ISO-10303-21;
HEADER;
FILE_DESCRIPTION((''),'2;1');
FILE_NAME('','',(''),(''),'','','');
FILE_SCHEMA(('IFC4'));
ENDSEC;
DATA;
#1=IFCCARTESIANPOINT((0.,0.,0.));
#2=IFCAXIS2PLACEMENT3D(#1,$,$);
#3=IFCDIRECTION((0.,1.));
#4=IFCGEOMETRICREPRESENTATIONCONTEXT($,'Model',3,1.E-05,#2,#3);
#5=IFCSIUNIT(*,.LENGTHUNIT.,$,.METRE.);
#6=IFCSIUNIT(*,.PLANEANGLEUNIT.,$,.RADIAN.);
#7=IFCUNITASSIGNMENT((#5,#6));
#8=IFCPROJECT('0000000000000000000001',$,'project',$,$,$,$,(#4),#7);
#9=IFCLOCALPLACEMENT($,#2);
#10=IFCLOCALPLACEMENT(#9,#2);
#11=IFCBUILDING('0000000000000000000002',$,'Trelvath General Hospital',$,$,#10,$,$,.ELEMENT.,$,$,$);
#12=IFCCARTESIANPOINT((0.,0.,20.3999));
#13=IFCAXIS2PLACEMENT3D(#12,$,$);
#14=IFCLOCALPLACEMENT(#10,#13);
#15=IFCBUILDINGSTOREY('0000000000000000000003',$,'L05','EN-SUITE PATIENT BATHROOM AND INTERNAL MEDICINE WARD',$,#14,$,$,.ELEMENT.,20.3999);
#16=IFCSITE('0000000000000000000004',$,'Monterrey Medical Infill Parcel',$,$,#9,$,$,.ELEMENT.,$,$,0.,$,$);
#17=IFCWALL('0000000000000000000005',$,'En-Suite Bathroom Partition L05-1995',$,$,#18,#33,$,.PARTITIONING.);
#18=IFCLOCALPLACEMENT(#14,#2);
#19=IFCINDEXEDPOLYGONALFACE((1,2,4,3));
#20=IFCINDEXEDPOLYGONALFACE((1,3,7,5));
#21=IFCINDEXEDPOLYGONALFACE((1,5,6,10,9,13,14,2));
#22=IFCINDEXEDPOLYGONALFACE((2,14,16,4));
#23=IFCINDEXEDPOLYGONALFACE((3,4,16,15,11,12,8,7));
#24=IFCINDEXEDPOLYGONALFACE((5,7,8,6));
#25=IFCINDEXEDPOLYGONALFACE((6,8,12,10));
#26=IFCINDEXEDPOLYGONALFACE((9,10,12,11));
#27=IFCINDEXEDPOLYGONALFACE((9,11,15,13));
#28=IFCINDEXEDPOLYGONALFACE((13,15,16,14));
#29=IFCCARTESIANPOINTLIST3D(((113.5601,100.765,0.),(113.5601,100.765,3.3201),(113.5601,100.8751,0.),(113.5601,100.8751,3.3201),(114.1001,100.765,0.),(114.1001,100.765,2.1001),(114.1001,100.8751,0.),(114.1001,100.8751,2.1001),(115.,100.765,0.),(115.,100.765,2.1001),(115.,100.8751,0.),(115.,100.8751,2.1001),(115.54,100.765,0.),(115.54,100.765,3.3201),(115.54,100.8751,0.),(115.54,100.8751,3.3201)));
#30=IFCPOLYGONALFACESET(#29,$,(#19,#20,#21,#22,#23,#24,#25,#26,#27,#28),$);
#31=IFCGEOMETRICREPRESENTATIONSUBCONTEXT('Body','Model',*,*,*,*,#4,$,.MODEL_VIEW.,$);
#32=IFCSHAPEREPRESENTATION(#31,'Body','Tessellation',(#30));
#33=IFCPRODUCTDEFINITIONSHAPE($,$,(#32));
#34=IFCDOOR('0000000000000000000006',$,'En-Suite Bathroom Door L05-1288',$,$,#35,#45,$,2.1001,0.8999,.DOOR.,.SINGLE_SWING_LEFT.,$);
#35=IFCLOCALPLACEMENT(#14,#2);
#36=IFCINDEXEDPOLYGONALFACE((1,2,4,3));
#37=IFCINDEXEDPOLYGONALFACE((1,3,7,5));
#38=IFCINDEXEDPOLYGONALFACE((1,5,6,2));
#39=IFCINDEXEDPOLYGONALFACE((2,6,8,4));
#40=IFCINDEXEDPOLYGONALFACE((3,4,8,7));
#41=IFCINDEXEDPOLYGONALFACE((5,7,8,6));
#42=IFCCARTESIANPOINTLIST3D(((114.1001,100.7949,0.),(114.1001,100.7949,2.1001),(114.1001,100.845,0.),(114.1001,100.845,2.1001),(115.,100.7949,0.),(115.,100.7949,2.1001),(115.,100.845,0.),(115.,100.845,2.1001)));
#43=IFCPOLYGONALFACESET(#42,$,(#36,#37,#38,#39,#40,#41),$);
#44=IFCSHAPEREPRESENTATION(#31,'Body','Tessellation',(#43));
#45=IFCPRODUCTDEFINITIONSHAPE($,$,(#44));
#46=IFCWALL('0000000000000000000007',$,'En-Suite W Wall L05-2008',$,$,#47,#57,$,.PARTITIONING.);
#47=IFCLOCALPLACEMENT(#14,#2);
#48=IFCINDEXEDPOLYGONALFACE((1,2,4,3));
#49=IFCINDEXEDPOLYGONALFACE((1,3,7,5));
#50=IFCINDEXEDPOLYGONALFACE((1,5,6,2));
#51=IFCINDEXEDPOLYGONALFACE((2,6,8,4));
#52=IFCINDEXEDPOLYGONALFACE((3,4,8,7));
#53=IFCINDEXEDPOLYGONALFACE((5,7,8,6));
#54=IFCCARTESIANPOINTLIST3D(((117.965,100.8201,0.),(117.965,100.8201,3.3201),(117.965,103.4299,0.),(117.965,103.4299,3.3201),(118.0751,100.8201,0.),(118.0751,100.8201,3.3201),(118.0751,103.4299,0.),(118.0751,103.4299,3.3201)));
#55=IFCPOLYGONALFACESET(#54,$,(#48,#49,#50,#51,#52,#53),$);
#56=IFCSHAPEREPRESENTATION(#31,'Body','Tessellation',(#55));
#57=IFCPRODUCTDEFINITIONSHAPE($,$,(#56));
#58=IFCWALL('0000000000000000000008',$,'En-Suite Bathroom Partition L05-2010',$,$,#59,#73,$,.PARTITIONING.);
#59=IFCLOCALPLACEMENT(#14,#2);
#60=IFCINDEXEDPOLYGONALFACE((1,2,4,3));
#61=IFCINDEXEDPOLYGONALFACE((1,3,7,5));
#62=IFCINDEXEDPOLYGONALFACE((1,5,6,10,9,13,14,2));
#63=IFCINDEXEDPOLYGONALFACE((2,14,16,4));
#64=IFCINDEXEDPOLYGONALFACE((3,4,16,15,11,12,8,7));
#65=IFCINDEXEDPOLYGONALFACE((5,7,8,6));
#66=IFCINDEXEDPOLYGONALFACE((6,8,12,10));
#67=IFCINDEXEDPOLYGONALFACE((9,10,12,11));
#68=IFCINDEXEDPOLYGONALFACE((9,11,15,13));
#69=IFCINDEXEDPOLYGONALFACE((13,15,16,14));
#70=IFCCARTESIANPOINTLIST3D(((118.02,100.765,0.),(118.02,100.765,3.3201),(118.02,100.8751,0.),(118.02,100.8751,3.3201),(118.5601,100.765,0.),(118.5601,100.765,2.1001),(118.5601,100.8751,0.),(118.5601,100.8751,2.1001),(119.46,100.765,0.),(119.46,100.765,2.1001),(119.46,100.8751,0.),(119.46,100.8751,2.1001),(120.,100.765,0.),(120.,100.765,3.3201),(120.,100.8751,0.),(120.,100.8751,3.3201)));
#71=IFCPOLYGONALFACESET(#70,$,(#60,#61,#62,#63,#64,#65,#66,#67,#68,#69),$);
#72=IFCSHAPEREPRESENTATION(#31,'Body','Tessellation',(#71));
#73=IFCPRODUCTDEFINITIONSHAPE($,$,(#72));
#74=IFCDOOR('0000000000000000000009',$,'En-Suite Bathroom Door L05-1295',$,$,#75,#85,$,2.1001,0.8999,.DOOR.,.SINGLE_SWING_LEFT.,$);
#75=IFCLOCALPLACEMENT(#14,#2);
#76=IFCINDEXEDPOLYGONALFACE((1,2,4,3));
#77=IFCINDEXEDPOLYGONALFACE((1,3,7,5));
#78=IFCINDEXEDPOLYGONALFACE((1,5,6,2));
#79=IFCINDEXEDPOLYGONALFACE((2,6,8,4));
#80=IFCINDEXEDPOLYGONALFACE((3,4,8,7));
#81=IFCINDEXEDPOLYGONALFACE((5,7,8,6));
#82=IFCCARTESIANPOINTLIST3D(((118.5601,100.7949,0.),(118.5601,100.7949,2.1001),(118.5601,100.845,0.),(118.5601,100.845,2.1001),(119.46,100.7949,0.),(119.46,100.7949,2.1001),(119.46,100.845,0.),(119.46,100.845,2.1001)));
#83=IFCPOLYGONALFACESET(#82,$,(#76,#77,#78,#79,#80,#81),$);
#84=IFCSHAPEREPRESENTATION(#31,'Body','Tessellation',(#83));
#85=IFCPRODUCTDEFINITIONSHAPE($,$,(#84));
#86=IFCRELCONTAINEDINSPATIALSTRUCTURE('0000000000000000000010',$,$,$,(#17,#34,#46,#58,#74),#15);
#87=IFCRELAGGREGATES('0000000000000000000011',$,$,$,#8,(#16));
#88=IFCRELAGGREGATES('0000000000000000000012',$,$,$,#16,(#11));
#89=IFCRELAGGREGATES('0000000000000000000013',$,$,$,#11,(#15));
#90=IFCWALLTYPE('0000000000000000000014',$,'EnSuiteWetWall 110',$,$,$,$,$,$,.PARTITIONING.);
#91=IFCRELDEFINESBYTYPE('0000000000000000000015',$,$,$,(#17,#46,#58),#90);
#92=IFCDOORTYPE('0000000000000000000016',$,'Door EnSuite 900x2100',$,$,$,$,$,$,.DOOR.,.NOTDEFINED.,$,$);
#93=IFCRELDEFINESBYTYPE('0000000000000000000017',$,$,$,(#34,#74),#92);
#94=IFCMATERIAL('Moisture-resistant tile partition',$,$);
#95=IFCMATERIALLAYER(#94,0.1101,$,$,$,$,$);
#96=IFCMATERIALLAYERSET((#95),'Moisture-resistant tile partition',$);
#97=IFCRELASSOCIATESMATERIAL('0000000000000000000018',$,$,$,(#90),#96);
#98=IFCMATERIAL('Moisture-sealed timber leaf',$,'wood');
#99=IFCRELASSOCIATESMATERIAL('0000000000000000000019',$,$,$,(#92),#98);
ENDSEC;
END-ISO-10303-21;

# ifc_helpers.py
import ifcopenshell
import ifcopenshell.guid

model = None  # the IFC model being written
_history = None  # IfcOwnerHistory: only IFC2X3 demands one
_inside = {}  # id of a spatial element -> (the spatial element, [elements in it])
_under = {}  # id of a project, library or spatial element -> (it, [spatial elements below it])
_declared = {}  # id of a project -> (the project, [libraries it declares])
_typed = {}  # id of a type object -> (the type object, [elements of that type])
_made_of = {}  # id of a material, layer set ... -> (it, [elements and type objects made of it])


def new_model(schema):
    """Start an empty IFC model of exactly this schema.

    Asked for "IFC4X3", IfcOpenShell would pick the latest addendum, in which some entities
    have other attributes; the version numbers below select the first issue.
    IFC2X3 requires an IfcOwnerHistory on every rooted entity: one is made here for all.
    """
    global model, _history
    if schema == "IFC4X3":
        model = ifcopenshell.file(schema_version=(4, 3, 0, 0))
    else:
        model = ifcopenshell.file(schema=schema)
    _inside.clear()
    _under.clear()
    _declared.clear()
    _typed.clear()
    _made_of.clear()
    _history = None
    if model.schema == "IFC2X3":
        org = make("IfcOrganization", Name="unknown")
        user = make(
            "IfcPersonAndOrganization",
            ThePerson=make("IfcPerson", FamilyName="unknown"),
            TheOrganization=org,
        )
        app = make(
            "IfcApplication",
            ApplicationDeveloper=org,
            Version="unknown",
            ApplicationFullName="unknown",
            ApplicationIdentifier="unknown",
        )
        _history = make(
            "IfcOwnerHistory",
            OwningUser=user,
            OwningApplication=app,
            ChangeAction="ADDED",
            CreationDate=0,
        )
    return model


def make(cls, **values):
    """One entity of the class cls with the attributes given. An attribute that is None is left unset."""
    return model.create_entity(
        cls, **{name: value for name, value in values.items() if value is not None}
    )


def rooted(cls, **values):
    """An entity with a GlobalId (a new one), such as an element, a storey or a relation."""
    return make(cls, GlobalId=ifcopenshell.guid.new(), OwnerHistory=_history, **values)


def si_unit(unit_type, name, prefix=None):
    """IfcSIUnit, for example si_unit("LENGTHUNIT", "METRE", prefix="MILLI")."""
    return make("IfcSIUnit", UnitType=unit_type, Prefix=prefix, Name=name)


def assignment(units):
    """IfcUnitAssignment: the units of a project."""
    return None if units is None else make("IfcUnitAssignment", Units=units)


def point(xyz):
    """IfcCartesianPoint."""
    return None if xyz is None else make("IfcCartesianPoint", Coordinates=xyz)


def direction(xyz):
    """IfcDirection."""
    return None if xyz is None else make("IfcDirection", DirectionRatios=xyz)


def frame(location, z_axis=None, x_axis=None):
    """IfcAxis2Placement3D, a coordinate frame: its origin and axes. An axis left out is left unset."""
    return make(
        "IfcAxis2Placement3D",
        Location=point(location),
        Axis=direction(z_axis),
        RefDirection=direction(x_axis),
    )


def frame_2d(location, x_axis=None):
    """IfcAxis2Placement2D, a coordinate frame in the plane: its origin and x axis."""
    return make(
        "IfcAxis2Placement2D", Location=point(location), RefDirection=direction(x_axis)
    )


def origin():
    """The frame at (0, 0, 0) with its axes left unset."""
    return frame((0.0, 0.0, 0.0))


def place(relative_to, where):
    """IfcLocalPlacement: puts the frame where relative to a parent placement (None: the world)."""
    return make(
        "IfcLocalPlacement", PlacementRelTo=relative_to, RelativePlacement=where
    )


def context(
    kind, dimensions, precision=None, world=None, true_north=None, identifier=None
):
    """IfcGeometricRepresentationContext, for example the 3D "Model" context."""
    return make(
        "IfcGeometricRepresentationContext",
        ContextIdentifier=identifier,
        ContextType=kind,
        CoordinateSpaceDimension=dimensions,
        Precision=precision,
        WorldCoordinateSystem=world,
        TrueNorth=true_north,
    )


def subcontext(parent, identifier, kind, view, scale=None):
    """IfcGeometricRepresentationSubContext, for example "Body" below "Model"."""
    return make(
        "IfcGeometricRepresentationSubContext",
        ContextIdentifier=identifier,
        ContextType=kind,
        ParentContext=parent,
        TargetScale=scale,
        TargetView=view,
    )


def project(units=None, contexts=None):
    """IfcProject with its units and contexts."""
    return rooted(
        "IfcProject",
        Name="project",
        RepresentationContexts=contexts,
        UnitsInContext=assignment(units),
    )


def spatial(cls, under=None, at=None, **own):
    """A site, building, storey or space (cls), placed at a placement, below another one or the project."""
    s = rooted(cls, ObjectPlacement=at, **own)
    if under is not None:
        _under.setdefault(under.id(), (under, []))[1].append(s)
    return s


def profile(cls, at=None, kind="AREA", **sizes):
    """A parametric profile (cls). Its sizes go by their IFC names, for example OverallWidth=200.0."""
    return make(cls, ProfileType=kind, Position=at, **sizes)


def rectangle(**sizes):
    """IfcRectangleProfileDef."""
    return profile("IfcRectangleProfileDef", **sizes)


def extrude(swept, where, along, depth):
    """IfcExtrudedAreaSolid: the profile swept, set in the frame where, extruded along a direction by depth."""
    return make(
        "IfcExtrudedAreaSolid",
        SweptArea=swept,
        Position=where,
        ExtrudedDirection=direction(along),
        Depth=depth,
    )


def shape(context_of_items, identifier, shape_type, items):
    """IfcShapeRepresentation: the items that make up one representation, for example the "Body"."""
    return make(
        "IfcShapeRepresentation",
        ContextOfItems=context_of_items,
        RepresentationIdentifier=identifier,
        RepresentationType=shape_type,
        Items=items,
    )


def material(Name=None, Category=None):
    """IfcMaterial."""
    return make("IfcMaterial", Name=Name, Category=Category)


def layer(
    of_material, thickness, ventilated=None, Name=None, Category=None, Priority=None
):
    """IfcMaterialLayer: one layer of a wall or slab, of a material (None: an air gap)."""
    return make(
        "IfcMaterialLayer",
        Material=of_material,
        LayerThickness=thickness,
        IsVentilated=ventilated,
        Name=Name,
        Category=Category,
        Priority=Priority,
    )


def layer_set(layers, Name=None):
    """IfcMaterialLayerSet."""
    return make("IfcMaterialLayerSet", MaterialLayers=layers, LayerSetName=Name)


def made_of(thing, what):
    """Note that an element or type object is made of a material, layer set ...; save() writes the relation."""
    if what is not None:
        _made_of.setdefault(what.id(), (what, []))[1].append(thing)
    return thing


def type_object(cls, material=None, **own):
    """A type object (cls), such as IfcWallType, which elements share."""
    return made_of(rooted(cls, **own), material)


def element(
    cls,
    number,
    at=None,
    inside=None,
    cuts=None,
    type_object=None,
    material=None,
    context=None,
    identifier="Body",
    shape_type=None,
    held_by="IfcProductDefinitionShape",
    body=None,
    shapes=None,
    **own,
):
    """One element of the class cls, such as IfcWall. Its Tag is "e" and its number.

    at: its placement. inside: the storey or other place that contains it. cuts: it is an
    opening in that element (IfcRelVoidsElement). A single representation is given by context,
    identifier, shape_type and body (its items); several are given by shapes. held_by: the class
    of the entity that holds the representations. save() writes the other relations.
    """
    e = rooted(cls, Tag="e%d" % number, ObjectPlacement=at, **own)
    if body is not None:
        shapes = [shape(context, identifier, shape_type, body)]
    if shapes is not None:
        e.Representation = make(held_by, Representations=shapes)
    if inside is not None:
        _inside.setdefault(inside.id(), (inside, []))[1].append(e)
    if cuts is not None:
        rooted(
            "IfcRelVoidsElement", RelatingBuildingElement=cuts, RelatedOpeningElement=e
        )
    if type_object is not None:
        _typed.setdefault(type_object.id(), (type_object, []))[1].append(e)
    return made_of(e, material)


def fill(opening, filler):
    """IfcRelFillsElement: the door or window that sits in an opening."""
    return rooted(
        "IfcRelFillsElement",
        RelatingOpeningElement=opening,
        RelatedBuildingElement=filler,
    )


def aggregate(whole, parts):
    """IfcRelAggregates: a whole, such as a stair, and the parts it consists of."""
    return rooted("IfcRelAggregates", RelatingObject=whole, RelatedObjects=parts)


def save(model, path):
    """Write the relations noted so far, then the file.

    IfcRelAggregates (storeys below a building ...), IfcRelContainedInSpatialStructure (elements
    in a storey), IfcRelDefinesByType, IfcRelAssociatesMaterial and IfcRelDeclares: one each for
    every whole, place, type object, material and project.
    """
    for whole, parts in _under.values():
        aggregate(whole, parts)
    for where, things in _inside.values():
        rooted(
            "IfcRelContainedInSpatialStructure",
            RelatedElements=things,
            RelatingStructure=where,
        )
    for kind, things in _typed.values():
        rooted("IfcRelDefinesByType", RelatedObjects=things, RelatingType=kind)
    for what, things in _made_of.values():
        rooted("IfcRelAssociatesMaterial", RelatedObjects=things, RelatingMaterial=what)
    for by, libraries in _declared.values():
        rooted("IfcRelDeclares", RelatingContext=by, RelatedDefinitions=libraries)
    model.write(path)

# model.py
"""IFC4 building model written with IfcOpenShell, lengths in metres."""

from ifc_helpers import new_model, si_unit, direction, frame, frame_2d, origin, place, context, subcontext, project, spatial, rectangle, extrude, material, layer, layer_set, type_object, element, fill, save


model = new_model("IFC4")

# Units and contexts
model_context = context("Model", 3, precision=1e-05, world=origin(), true_north=direction((0.0, 1.0)))
body_context = subcontext(model_context, "Body", "Model", "MODEL_VIEW")
ifc_project = project(units=[si_unit("LENGTHUNIT", "METRE"), si_unit("PLANEANGLEUNIT", "RADIAN")], contexts=[model_context])

# Site, building, storey
site_placement = place(None, origin())
site = spatial("IfcSite", under=ifc_project, at=site_placement, Name="Monterrey Medical Infill Parcel", CompositionType="ELEMENT", RefElevation=0.0)
building_placement = place(site_placement, origin())
building = spatial("IfcBuilding", under=site, at=building_placement, Name="Trelvath General Hospital", CompositionType="ELEMENT")
storey_placement = place(building_placement, frame((0.0, 0.0, 20.3999)))
storey = spatial("IfcBuildingStorey", under=building, at=storey_placement, Name="L05", Description="EN-SUITE PATIENT BATHROOM AND INTERNAL MEDICINE WARD", CompositionType="ELEMENT", Elevation=20.3999)

# Shared definitions
ifc_material_1 = material(Name="Moisture-resistant tile partition")
ifc_layer = layer(ifc_material_1, 0.1101)
ifc_layer_set = layer_set([ifc_layer], Name="Moisture-resistant tile partition")
wall_type = type_object("IfcWallType", Name="EnSuiteWetWall 110", PredefinedType="PARTITIONING", material=ifc_layer_set)

# Shared definitions
ifc_material_2 = material(Name="Moisture-sealed timber leaf", Category="wood")
door_type = type_object("IfcDoorType", Name="Door EnSuite 900x2100", OperationType="NOTDEFINED", PredefinedType="DOOR", material=ifc_material_2)

# Wall, opening, door
wall_1_placement = place(storey_placement, frame((113.5601, 100.8201, 0.0), z_axis=(0.0, 0.0, 1.0), x_axis=(1.0, 0.0, 0.0)))
wall_1 = element("IfcWall", 1, at=wall_1_placement, inside=storey, type_object=wall_type, Name="En-Suite Bathroom Partition L05-1995", PredefinedType="PARTITIONING", context=body_context, shape_type="SweptSolid", body=[
    extrude(rectangle(XDim=1.98, YDim=0.1101, at=frame_2d((0.99, 0.0))), origin(), (0.0, 0.0, 1.0), 3.3201),
])
opening_1_placement = place(wall_1_placement, frame((0.54, 0.0, 0.0)))
opening_1 = element("IfcOpeningElement", 2, at=opening_1_placement, cuts=wall_1, PredefinedType="OPENING", context=body_context, shape_type="SweptSolid", body=[
    extrude(rectangle(XDim=0.8999, YDim=2.1001, at=frame_2d((0.45, 1.05))), frame((0.0, 0.0649, 0.0), z_axis=(0.0, -1.0, 0.0), x_axis=(1.0, 0.0, 0.0)), (0.0, 0.0, 1.0), 0.1301),
])
door_1_placement = place(opening_1_placement, origin())
door_1 = element("IfcDoor", 3, at=door_1_placement, inside=storey, type_object=door_type, Name="En-Suite Bathroom Door L05-1288", OperationType="SINGLE_SWING_LEFT", OverallHeight=2.1001, OverallWidth=0.8999, PredefinedType="DOOR", context=body_context, shape_type="SweptSolid", body=[
    extrude(rectangle(XDim=0.8999, YDim=2.1001, at=frame_2d((0.45, 1.05))), frame((0.0, 0.0249, 0.0), z_axis=(0.0, -1.0, 0.0), x_axis=(1.0, 0.0, 0.0)), (0.0, 0.0, 1.0), 0.05),
])
fill(opening_1, door_1)

# Wall
wall_2_placement = place(storey_placement, frame((118.02, 100.8201, 0.0), z_axis=(0.0, 0.0, 1.0), x_axis=(0.0, 1.0, 0.0)))
element("IfcWall", 4, at=wall_2_placement, inside=storey, type_object=wall_type, Name="En-Suite W Wall L05-2008", PredefinedType="PARTITIONING", context=body_context, shape_type="SweptSolid", body=[
    extrude(rectangle(XDim=2.6099, YDim=0.1101, at=frame_2d((1.3049, 0.0))), origin(), (0.0, 0.0, 1.0), 3.3201),
])

# Wall, opening, door
wall_3_placement = place(storey_placement, frame((118.02, 100.8201, 0.0), z_axis=(0.0, 0.0, 1.0), x_axis=(1.0, 0.0, 0.0)))
wall_3 = element("IfcWall", 5, at=wall_3_placement, inside=storey, type_object=wall_type, Name="En-Suite Bathroom Partition L05-2010", PredefinedType="PARTITIONING", context=body_context, shape_type="SweptSolid", body=[
    extrude(rectangle(XDim=1.98, YDim=0.1101, at=frame_2d((0.99, 0.0))), origin(), (0.0, 0.0, 1.0), 3.3201),
])
opening_2_placement = place(wall_3_placement, frame((0.54, 0.0, 0.0)))
opening_2 = element("IfcOpeningElement", 6, at=opening_2_placement, cuts=wall_3, PredefinedType="OPENING", context=body_context, shape_type="SweptSolid", body=[
    extrude(rectangle(XDim=0.8999, YDim=2.1001, at=frame_2d((0.45, 1.05))), frame((0.0, 0.0649, 0.0), z_axis=(0.0, -1.0, 0.0), x_axis=(1.0, 0.0, 0.0)), (0.0, 0.0, 1.0), 0.1301),
])
door_2_placement = place(opening_2_placement, origin())
door_2 = element("IfcDoor", 7, at=door_2_placement, inside=storey, type_object=door_type, Name="En-Suite Bathroom Door L05-1295", OperationType="SINGLE_SWING_LEFT", OverallHeight=2.1001, OverallWidth=0.8999, PredefinedType="DOOR", context=body_context, shape_type="SweptSolid", body=[
    extrude(rectangle(XDim=0.8999, YDim=2.1001, at=frame_2d((0.45, 1.05))), frame((0.0, 0.0249, 0.0), z_axis=(0.0, -1.0, 0.0), x_axis=(1.0, 0.0, 0.0)), (0.0, 0.0, 1.0), 0.05),
])
fill(opening_2, door_2)

save(model, "model.ifc")
